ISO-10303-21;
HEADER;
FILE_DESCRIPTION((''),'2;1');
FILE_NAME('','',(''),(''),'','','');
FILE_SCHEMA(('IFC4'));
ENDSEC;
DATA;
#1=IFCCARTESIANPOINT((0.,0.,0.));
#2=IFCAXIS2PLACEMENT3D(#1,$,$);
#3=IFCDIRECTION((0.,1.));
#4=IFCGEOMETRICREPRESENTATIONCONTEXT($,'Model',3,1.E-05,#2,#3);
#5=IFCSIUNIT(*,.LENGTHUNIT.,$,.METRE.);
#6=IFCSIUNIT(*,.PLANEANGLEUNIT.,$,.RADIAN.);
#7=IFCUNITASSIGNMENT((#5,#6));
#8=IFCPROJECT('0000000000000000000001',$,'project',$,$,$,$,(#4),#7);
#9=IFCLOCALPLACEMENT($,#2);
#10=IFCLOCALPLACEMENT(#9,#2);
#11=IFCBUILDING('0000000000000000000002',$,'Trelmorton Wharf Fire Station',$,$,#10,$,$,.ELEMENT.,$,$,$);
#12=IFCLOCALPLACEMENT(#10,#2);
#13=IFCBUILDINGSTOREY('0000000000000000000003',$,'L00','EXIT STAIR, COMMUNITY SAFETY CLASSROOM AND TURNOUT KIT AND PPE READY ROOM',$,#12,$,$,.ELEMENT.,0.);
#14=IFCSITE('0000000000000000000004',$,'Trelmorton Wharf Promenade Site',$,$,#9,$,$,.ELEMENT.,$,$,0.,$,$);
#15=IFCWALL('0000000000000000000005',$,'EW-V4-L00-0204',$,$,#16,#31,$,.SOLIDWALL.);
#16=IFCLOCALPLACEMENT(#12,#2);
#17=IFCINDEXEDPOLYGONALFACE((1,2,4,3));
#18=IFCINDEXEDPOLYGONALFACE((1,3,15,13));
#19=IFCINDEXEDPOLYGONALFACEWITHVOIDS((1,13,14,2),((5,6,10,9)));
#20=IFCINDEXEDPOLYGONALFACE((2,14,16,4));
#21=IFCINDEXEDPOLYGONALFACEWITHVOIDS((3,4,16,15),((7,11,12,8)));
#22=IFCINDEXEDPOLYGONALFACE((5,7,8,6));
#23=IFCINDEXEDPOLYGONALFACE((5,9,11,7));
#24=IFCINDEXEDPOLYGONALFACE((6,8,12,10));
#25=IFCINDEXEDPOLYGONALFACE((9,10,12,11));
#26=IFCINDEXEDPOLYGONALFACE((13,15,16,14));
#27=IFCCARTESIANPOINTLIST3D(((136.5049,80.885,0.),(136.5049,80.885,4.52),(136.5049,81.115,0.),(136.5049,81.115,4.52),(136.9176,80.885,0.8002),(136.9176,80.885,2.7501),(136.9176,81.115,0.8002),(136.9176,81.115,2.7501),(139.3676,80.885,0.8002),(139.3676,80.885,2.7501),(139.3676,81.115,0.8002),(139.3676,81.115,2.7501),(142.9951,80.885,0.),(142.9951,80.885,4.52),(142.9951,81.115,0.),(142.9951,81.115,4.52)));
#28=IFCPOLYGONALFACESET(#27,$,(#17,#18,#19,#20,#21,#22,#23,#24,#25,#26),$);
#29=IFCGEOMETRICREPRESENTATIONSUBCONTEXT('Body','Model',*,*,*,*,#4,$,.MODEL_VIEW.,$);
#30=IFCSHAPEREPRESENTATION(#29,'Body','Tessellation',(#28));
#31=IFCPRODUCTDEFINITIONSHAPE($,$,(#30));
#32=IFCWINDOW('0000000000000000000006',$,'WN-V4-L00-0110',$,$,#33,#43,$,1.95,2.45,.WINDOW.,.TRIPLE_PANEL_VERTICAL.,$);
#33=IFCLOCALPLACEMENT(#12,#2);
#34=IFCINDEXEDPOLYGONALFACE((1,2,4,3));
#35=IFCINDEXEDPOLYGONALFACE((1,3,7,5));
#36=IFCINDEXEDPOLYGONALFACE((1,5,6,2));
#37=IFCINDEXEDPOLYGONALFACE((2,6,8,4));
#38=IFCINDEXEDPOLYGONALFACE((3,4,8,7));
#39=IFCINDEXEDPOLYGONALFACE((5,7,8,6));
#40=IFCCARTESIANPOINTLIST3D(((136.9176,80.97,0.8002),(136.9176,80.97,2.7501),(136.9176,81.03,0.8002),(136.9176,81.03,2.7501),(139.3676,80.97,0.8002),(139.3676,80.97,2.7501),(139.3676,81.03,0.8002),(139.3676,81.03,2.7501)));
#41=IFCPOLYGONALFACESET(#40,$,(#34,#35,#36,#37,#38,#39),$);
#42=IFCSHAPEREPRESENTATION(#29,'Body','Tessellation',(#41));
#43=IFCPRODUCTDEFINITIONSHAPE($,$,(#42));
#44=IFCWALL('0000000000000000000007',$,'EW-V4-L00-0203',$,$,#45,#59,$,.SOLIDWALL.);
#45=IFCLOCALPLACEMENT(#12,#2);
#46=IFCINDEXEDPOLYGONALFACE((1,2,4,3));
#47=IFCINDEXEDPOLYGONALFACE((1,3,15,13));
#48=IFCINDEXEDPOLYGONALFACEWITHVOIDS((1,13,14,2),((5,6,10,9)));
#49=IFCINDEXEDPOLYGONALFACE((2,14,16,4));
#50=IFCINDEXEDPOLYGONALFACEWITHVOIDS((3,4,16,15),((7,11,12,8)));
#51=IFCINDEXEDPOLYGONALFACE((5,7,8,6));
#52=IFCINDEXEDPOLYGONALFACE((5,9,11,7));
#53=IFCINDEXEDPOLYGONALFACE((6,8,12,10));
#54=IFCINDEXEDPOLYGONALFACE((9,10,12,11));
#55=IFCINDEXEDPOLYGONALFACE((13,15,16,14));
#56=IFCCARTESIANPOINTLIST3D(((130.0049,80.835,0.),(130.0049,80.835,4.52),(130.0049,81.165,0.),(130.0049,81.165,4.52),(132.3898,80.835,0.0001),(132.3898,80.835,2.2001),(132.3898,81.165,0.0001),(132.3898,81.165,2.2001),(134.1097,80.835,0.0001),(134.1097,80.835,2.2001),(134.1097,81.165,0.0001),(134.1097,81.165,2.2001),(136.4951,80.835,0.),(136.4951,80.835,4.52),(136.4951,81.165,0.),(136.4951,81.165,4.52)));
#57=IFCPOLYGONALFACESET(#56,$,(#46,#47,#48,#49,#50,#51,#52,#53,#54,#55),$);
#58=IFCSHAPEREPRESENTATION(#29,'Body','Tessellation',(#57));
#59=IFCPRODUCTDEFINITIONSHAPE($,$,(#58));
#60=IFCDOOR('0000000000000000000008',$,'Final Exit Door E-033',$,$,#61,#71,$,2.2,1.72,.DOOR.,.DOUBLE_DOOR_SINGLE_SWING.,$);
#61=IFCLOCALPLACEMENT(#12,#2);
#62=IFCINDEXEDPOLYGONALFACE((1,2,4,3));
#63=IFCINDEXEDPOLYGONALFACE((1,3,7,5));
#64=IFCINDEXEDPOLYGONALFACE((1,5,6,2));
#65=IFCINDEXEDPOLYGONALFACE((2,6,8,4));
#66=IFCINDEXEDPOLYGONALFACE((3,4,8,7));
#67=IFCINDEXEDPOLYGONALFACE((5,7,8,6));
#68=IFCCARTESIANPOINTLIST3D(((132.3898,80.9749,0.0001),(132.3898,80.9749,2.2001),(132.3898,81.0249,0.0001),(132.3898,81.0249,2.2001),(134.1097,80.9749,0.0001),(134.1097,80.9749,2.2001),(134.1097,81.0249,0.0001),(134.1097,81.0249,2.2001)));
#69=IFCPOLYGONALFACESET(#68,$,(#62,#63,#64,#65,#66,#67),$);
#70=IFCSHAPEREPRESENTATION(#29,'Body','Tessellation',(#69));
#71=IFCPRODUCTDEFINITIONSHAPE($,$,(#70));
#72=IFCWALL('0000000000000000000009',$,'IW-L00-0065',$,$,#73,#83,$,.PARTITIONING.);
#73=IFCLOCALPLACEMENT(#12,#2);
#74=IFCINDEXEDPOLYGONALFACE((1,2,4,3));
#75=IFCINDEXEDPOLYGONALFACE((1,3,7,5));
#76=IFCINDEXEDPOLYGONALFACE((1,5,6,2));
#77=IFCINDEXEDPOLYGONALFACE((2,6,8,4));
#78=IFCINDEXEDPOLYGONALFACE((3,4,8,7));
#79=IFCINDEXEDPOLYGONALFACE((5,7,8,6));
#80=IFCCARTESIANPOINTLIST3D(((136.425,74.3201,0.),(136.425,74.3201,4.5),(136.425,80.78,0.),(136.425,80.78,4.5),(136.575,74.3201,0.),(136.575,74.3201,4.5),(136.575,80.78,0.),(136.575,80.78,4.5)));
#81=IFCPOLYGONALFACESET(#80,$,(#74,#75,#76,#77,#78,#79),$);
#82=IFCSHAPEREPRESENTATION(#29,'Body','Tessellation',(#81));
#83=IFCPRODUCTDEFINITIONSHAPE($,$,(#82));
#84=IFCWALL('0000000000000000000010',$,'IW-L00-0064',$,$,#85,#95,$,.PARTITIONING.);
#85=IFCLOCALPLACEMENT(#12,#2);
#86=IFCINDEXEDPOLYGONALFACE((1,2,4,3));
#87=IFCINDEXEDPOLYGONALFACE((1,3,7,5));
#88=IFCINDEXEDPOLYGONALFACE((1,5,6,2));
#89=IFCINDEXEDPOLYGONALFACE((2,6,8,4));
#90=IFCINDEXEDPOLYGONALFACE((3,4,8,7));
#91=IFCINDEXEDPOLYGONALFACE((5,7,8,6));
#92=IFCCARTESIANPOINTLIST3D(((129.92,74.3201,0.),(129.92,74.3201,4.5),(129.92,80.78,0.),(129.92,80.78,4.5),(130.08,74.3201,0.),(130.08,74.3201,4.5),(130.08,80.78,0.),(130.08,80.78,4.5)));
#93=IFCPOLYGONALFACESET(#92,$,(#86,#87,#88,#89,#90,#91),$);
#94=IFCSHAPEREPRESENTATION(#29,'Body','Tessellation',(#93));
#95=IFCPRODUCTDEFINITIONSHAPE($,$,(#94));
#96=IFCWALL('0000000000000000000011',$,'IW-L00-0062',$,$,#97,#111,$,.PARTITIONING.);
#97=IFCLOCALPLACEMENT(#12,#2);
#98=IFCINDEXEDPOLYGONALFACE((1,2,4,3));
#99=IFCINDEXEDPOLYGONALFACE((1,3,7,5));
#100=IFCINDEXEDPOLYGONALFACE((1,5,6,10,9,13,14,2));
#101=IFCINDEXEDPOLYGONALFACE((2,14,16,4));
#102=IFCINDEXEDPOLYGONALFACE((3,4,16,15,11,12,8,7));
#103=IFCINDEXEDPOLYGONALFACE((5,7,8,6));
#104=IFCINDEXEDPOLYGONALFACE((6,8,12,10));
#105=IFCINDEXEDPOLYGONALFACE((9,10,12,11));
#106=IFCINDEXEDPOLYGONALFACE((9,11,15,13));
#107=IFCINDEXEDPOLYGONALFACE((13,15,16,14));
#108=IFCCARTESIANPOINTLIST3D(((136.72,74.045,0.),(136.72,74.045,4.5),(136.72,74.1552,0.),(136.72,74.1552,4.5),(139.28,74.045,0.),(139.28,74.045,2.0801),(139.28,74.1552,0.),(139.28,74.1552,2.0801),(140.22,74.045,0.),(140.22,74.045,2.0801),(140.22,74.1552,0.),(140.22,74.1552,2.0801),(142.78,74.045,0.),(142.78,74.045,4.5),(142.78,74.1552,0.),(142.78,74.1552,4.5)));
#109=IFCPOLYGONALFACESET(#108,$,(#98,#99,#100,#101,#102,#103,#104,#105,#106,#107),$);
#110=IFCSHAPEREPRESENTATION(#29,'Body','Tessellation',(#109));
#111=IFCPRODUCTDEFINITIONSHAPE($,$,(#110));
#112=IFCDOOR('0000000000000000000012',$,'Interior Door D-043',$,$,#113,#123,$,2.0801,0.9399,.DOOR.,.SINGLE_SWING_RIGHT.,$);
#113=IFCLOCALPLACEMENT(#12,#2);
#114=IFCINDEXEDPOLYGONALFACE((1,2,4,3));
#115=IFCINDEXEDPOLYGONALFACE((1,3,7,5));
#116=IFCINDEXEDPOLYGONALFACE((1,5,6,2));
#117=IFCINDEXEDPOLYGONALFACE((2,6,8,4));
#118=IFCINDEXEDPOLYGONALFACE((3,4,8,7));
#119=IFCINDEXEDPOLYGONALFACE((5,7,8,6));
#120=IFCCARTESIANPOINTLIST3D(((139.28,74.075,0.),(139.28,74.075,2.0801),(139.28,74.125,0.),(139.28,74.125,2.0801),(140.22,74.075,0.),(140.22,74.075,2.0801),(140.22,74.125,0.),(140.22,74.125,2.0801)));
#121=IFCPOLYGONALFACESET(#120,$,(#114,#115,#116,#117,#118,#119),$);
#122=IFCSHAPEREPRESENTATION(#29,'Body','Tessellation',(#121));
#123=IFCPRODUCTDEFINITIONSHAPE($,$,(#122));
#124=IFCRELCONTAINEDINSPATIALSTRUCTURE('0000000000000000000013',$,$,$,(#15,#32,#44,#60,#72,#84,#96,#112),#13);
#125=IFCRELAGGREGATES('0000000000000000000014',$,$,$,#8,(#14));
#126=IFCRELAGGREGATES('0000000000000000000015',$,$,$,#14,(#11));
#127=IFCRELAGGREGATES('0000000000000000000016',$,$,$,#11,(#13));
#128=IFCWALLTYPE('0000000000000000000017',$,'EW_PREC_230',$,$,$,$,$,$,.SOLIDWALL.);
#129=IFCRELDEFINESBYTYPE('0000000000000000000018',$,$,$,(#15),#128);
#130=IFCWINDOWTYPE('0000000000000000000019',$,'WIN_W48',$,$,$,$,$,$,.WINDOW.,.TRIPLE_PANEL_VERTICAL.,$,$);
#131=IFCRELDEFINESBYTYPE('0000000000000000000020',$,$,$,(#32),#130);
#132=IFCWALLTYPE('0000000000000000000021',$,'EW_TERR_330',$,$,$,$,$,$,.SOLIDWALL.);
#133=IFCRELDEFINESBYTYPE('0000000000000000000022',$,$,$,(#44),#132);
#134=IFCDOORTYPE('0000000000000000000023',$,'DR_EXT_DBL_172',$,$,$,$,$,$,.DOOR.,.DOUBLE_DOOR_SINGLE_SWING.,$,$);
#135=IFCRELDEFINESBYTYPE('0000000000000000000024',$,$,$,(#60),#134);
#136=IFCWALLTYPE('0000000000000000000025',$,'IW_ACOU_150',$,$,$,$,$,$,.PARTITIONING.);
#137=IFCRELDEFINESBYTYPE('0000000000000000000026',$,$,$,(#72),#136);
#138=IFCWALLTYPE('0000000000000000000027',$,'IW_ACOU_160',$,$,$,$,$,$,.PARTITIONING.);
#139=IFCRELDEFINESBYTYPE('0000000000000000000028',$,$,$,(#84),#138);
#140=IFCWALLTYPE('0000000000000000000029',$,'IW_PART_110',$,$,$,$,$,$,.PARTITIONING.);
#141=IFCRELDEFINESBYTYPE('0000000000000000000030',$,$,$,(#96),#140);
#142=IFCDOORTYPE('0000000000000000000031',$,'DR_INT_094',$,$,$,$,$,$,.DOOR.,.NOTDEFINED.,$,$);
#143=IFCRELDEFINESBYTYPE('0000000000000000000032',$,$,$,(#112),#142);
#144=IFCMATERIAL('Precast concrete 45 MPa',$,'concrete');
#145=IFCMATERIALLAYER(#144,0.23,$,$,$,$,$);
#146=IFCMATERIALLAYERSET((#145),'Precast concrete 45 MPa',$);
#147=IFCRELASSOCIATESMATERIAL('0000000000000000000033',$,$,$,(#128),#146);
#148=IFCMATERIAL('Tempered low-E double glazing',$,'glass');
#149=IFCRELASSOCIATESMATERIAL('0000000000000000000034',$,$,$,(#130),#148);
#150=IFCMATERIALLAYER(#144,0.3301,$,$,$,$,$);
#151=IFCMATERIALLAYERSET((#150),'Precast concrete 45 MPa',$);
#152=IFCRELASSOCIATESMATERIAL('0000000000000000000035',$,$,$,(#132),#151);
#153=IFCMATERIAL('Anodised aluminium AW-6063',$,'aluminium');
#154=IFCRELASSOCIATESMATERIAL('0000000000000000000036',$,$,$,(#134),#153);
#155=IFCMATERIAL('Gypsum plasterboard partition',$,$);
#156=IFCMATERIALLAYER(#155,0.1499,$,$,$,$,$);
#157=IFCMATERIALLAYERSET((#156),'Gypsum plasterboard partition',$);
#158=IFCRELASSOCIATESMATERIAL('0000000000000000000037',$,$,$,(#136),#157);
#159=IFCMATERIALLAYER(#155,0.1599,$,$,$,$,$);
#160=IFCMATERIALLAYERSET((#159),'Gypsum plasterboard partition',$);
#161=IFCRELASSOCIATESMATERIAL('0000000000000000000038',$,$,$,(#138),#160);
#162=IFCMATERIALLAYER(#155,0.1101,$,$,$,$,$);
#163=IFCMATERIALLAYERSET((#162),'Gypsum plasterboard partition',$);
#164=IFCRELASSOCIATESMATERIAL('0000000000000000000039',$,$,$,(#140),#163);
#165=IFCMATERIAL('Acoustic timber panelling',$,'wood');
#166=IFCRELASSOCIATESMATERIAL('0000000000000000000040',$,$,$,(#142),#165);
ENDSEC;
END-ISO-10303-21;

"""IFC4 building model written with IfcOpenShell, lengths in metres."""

from ifc_helpers import new_model, si_unit, direction, frame, frame_2d, origin, place, context, subcontext, project, spatial, rectangle, extrude, material, layer, layer_set, type_object, element, fill, save


model = new_model("IFC4")

# Units and contexts
model_context = context("Model", 3, precision=1e-05, world=origin(), true_north=direction((0.0, 1.0)))
body_context = subcontext(model_context, "Body", "Model", "MODEL_VIEW")
ifc_project = project(units=[si_unit("LENGTHUNIT", "METRE"), si_unit("PLANEANGLEUNIT", "RADIAN")], contexts=[model_context])

# Site, building, storey
site_placement = place(None, origin())
site = spatial("IfcSite", under=ifc_project, at=site_placement, Name="Trelmorton Wharf Promenade Site", CompositionType="ELEMENT", RefElevation=0.0)
building_placement = place(site_placement, origin())
building = spatial("IfcBuilding", under=site, at=building_placement, Name="Trelmorton Wharf Fire Station", CompositionType="ELEMENT")
storey_placement = place(building_placement, origin())
storey = spatial("IfcBuildingStorey", under=building, at=storey_placement, Name="L00", Description="EXIT STAIR, COMMUNITY SAFETY CLASSROOM AND TURNOUT KIT AND PPE READY ROOM", CompositionType="ELEMENT", Elevation=0.0)

# Wall, opening, window
ifc_material_1 = material(Name="Precast concrete 45 MPa", Category="concrete")
ifc_layer_1 = layer(ifc_material_1, 0.23)
ifc_layer_set_1 = layer_set([ifc_layer_1], Name="Precast concrete 45 MPa")
wall_type_1 = type_object("IfcWallType", Name="EW_PREC_230", PredefinedType="SOLIDWALL", material=ifc_layer_set_1)
wall_1_placement = place(storey_placement, frame((136.5049, 81.0, 0.0), z_axis=(0.0, 0.0, 1.0), x_axis=(1.0, 0.0, 0.0)))
wall_1 = element("IfcWall", 1, at=wall_1_placement, inside=storey, type_object=wall_type_1, Name="EW-V4-L00-0204", PredefinedType="SOLIDWALL", context=body_context, shape_type="SweptSolid", body=[
    extrude(rectangle(XDim=6.4902, YDim=0.23, at=frame_2d((3.2451, 0.0))), origin(), (0.0, 0.0, 1.0), 4.52),
])
opening_1_placement = place(wall_1_placement, frame((0.4126, 0.0, 0.8)))
opening_1 = element("IfcOpeningElement", 2, at=opening_1_placement, cuts=wall_1, PredefinedType="OPENING", context=body_context, shape_type="SweptSolid", body=[
    extrude(rectangle(XDim=2.45, YDim=1.95, at=frame_2d((1.2251, 0.9751))), frame((0.0, 0.125, 0.0), z_axis=(0.0, -1.0, 0.0), x_axis=(1.0, 0.0, 0.0)), (0.0, 0.0, 1.0), 0.25),
])
ifc_material_2 = material(Name="Tempered low-E double glazing", Category="glass")
window_type = type_object("IfcWindowType", Name="WIN_W48", PartitioningType="TRIPLE_PANEL_VERTICAL", PredefinedType="WINDOW", material=ifc_material_2)
window_placement = place(opening_1_placement, origin())
window = element("IfcWindow", 3, at=window_placement, inside=storey, type_object=window_type, Name="WN-V4-L00-0110", OverallHeight=1.95, OverallWidth=2.45, PartitioningType="TRIPLE_PANEL_VERTICAL", PredefinedType="WINDOW", context=body_context, shape_type="SweptSolid", body=[
    extrude(rectangle(XDim=2.45, YDim=1.95, at=frame_2d((1.2251, 0.9751))), frame((0.0, 0.03, 0.0), z_axis=(0.0, -1.0, 0.0), x_axis=(1.0, 0.0, 0.0)), (0.0, 0.0, 1.0), 0.0601),
])
fill(opening_1, window)

# Wall, opening, door
ifc_layer_2 = layer(ifc_material_1, 0.3301)
ifc_layer_set_2 = layer_set([ifc_layer_2], Name="Precast concrete 45 MPa")
wall_type_2 = type_object("IfcWallType", Name="EW_TERR_330", PredefinedType="SOLIDWALL", material=ifc_layer_set_2)
wall_2_placement = place(storey_placement, frame((130.0049, 81.0, 0.0), z_axis=(0.0, 0.0, 1.0), x_axis=(1.0, 0.0, 0.0)))
wall_2 = element("IfcWall", 4, at=wall_2_placement, inside=storey, type_object=wall_type_2, Name="EW-V4-L00-0203", PredefinedType="SOLIDWALL", context=body_context, shape_type="SweptSolid", body=[
    extrude(rectangle(XDim=6.4902, YDim=0.3301, at=frame_2d((3.2451, 0.0))), origin(), (0.0, 0.0, 1.0), 4.52),
])
opening_2_placement = place(wall_2_placement, frame((2.385, 0.0, 0.0)))
opening_2 = element("IfcOpeningElement", 5, at=opening_2_placement, cuts=wall_2, PredefinedType="OPENING", context=body_context, shape_type="SweptSolid", body=[
    extrude(rectangle(XDim=1.72, YDim=2.2, at=frame_2d((0.8599, 1.1001))), frame((0.0, 0.175, 0.0), z_axis=(0.0, -1.0, 0.0), x_axis=(1.0, 0.0, 0.0)), (0.0, 0.0, 1.0), 0.3501),
])
ifc_material_3 = material(Name="Anodised aluminium AW-6063", Category="aluminium")
door_type_1 = type_object("IfcDoorType", Name="DR_EXT_DBL_172", OperationType="DOUBLE_DOOR_SINGLE_SWING", PredefinedType="DOOR", material=ifc_material_3)
door_1_placement = place(opening_2_placement, origin())
door_1 = element("IfcDoor", 6, at=door_1_placement, inside=storey, type_object=door_type_1, Name="Final Exit Door E-033", OperationType="DOUBLE_DOOR_SINGLE_SWING", OverallHeight=2.2, OverallWidth=1.72, PredefinedType="DOOR", context=body_context, shape_type="SweptSolid", body=[
    extrude(rectangle(XDim=1.72, YDim=2.2, at=frame_2d((0.8599, 1.1001))), frame((0.0, 0.0249, 0.0), z_axis=(0.0, -1.0, 0.0), x_axis=(1.0, 0.0, 0.0)), (0.0, 0.0, 1.0), 0.05),
])
fill(opening_2, door_1)

# Walls
ifc_material_4 = material(Name="Gypsum plasterboard partition")
ifc_layer_3 = layer(ifc_material_4, 0.1499)
ifc_layer_set_3 = layer_set([ifc_layer_3], Name="Gypsum plasterboard partition")
wall_type_3 = type_object("IfcWallType", Name="IW_ACOU_150", PredefinedType="PARTITIONING", material=ifc_layer_set_3)
wall_3_placement = place(storey_placement, frame((136.5, 74.3201, 0.0), z_axis=(0.0, 0.0, 1.0), x_axis=(0.0, 1.0, 0.0)))
element("IfcWall", 7, at=wall_3_placement, inside=storey, type_object=wall_type_3, Name="IW-L00-0065", PredefinedType="PARTITIONING", context=body_context, shape_type="SweptSolid", body=[
    extrude(rectangle(XDim=6.46, YDim=0.1499, at=frame_2d((3.23, 0.0))), origin(), (0.0, 0.0, 1.0), 4.5),
])
ifc_layer_4 = layer(ifc_material_4, 0.1599)
ifc_layer_set_4 = layer_set([ifc_layer_4], Name="Gypsum plasterboard partition")
wall_type_4 = type_object("IfcWallType", Name="IW_ACOU_160", PredefinedType="PARTITIONING", material=ifc_layer_set_4)
wall_4_placement = place(storey_placement, frame((130.0, 74.3201, 0.0), z_axis=(0.0, 0.0, 1.0), x_axis=(0.0, 1.0, 0.0)))
element("IfcWall", 8, at=wall_4_placement, inside=storey, type_object=wall_type_4, Name="IW-L00-0064", PredefinedType="PARTITIONING", context=body_context, shape_type="SweptSolid", body=[
    extrude(rectangle(XDim=6.46, YDim=0.1599, at=frame_2d((3.23, 0.0))), origin(), (0.0, 0.0, 1.0), 4.5),
])

# Wall, opening, door
ifc_layer_5 = layer(ifc_material_4, 0.1101)
ifc_layer_set_5 = layer_set([ifc_layer_5], Name="Gypsum plasterboard partition")
wall_type_5 = type_object("IfcWallType", Name="IW_PART_110", PredefinedType="PARTITIONING", material=ifc_layer_set_5)
wall_5_placement = place(storey_placement, frame((136.72, 74.1001, 0.0), z_axis=(0.0, 0.0, 1.0), x_axis=(1.0, 0.0, 0.0)))
wall_5 = element("IfcWall", 9, at=wall_5_placement, inside=storey, type_object=wall_type_5, Name="IW-L00-0062", PredefinedType="PARTITIONING", context=body_context, shape_type="SweptSolid", body=[
    extrude(rectangle(XDim=6.0601, YDim=0.1101, at=frame_2d((3.03, 0.0))), origin(), (0.0, 0.0, 1.0), 4.5),
])
opening_3_placement = place(wall_5_placement, frame((2.5601, 0.0, 0.0)))
opening_3 = element("IfcOpeningElement", 10, at=opening_3_placement, cuts=wall_5, PredefinedType="OPENING", context=body_context, shape_type="SweptSolid", body=[
    extrude(rectangle(XDim=0.9399, YDim=2.0801, at=frame_2d((0.47, 1.04))), frame((0.0, 0.0649, 0.0), z_axis=(0.0, -1.0, 0.0), x_axis=(1.0, 0.0, 0.0)), (0.0, 0.0, 1.0), 0.1301),
])
ifc_material_5 = material(Name="Acoustic timber panelling", Category="wood")
door_type_2 = type_object("IfcDoorType", Name="DR_INT_094", OperationType="NOTDEFINED", PredefinedType="DOOR", material=ifc_material_5)
door_2_placement = place(opening_3_placement, origin())
door_2 = element("IfcDoor", 11, at=door_2_placement, inside=storey, type_object=door_type_2, Name="Interior Door D-043", OperationType="SINGLE_SWING_RIGHT", OverallHeight=2.0801, OverallWidth=0.9399, PredefinedType="DOOR", context=body_context, shape_type="SweptSolid", body=[
    extrude(rectangle(XDim=0.9399, YDim=2.0801, at=frame_2d((0.47, 1.04))), frame((0.0, 0.0249, 0.0), z_axis=(0.0, -1.0, 0.0), x_axis=(1.0, 0.0, 0.0)), (0.0, 0.0, 1.0), 0.05),
])
fill(opening_3, door_2)

save(model, "model.ifc")
